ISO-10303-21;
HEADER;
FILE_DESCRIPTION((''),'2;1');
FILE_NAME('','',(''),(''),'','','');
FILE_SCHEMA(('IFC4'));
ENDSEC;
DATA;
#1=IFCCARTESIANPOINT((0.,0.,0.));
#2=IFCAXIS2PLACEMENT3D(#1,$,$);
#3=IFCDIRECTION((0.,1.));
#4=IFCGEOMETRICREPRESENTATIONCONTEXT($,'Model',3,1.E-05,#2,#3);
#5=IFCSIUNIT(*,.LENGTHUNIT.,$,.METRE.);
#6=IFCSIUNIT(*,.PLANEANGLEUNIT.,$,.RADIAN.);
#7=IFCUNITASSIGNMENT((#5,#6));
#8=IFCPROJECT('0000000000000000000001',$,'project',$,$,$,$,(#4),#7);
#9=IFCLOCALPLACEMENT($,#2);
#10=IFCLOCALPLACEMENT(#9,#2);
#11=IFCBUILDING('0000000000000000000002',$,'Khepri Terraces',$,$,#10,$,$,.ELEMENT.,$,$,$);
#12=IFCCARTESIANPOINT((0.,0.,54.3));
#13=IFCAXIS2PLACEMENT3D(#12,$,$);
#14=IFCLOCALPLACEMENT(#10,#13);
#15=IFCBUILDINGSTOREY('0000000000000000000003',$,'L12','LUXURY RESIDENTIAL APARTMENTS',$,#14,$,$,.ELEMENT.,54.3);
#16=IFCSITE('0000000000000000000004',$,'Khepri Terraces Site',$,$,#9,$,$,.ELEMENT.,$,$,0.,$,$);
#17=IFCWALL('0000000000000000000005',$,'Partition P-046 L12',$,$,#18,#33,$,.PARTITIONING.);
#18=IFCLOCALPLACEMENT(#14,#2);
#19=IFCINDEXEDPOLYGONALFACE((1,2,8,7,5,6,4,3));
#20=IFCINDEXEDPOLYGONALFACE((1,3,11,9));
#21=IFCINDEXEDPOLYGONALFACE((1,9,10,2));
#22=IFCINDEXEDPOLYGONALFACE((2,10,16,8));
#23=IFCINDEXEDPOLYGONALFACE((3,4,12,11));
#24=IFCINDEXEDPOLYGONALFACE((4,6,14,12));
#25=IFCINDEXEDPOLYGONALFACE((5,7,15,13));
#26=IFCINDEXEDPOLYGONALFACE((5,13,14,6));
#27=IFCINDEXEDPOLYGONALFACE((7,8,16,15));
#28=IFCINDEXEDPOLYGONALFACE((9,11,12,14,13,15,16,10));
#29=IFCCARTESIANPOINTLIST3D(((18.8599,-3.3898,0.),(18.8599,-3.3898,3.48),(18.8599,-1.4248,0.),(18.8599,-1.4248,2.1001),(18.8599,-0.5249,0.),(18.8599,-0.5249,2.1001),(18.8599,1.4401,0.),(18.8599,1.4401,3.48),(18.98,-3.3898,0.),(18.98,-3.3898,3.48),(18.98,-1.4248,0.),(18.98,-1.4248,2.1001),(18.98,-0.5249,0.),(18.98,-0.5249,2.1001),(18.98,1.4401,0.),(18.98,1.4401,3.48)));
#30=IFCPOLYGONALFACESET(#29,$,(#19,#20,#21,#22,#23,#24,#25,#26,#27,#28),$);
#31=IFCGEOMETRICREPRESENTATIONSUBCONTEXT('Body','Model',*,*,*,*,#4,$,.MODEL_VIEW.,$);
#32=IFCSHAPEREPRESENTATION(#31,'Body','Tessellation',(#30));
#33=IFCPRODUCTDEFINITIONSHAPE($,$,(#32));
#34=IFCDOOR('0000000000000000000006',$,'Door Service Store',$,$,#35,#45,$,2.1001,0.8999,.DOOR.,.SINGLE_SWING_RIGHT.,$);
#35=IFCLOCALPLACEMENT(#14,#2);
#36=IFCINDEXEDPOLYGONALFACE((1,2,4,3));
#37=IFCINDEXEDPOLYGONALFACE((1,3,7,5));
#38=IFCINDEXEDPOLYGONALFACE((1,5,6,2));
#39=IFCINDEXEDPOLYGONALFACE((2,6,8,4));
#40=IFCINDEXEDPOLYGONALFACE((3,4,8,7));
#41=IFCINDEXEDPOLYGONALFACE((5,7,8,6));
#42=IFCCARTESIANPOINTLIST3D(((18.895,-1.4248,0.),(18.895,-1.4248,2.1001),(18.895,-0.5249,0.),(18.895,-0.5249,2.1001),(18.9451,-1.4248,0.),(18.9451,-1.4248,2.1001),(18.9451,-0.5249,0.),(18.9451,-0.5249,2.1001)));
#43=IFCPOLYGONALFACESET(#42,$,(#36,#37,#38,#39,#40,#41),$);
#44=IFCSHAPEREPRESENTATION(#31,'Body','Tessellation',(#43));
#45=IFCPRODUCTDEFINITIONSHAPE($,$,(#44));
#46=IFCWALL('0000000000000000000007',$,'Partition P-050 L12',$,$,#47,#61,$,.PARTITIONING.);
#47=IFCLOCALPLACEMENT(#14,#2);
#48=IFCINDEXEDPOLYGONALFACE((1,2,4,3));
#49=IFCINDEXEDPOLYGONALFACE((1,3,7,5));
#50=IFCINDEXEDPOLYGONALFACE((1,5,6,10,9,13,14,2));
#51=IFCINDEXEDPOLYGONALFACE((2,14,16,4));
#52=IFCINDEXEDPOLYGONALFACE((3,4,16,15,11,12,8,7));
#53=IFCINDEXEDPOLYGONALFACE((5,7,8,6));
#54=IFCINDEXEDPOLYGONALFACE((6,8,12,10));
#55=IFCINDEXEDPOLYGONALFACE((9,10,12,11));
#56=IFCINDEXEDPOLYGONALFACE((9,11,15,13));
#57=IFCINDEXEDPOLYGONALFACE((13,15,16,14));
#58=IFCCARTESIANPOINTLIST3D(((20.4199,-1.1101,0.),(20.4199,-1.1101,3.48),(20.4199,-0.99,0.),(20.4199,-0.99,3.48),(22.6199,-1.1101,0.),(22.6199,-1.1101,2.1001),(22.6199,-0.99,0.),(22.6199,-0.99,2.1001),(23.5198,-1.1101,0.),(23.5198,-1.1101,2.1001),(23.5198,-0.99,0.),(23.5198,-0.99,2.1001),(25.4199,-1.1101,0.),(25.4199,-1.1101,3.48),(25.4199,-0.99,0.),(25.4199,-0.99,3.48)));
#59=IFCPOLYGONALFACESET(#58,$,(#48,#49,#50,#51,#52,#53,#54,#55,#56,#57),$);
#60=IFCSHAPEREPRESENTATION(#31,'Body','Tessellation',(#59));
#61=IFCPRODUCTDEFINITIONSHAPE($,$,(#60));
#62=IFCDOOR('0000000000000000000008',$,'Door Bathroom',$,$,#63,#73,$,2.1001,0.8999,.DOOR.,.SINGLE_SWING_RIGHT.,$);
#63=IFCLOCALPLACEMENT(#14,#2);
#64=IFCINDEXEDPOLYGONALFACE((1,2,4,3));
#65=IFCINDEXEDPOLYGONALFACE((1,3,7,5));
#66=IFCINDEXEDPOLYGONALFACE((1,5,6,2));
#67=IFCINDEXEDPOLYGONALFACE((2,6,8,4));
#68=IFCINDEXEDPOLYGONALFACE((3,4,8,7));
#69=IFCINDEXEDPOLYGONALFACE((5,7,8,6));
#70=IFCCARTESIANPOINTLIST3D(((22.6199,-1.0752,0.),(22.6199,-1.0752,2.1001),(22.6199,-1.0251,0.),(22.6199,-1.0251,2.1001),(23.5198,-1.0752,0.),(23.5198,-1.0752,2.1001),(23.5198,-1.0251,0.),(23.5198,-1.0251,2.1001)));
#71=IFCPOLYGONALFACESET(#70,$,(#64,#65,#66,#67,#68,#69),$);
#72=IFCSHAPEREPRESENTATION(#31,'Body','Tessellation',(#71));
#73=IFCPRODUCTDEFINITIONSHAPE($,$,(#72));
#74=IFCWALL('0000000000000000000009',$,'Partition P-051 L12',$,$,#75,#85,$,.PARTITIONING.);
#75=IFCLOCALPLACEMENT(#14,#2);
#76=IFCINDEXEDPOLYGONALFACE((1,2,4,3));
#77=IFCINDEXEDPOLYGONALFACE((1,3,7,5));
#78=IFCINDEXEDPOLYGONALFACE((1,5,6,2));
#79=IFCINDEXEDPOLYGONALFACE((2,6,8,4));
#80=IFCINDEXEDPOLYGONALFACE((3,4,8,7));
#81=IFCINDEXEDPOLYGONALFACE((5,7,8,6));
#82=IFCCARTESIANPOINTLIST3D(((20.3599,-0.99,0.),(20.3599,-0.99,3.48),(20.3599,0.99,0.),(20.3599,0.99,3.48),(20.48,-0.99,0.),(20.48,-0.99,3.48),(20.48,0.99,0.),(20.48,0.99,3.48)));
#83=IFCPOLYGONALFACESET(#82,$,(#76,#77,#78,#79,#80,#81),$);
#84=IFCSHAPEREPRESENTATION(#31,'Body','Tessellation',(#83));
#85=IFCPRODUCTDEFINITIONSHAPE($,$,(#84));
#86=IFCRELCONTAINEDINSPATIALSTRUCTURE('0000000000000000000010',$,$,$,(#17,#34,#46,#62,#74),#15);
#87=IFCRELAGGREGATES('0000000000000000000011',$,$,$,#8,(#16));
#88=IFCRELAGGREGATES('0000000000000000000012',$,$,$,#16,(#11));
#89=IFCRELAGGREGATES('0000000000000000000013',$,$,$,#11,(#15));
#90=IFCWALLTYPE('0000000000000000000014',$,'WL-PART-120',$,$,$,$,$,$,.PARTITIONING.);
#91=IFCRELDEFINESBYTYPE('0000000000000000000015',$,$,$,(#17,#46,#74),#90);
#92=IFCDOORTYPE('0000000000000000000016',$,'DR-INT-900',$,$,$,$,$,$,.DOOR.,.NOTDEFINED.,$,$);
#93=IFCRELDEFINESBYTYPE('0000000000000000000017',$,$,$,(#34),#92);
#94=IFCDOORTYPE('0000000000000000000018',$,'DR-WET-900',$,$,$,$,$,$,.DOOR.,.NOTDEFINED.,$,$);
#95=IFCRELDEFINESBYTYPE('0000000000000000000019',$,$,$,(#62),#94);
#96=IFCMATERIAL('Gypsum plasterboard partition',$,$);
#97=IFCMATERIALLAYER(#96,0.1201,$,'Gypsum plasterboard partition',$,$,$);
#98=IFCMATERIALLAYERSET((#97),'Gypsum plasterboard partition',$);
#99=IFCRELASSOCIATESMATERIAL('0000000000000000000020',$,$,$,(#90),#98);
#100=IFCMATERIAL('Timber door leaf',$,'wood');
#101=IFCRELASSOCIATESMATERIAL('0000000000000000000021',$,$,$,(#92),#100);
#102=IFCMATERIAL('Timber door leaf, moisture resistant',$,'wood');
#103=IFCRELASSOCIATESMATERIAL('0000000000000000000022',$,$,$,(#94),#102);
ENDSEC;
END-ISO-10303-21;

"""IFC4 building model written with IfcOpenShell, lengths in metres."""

from ifc_helpers import new_model, si_unit, direction, frame, frame_2d, origin, place, context, subcontext, project, spatial, rectangle, extrude, material, layer, layer_set, type_object, element, fill, save


model = new_model("IFC4")

# Units and contexts
model_context = context("Model", 3, precision=1e-05, world=origin(), true_north=direction((0.0, 1.0)))
body_context = subcontext(model_context, "Body", "Model", "MODEL_VIEW")
ifc_project = project(units=[si_unit("LENGTHUNIT", "METRE"), si_unit("PLANEANGLEUNIT", "RADIAN")], contexts=[model_context])

# Site, building, storey
site_placement = place(None, origin())
site = spatial("IfcSite", under=ifc_project, at=site_placement, Name="Khepri Terraces Site", CompositionType="ELEMENT", RefElevation=0.0)
building_placement = place(site_placement, origin())
building = spatial("IfcBuilding", under=site, at=building_placement, Name="Khepri Terraces", CompositionType="ELEMENT")
storey_placement = place(building_placement, frame((0.0, 0.0, 54.3)))
storey = spatial("IfcBuildingStorey", under=building, at=storey_placement, Name="L12", Description="LUXURY RESIDENTIAL APARTMENTS", CompositionType="ELEMENT", Elevation=54.3)

# Shared definitions
ifc_material_1 = material(Name="Gypsum plasterboard partition")
ifc_layer_1 = layer(ifc_material_1, 0.1201, Name="Gypsum plasterboard partition")
ifc_layer_set_1 = layer_set([ifc_layer_1], Name="Gypsum plasterboard partition")
wall_type_1 = type_object("IfcWallType", Name="WL-PART-120", PredefinedType="PARTITIONING", material=ifc_layer_set_1)
ifc_material_2 = material(Name="Timber door leaf", Category="wood")
door_type_1 = type_object("IfcDoorType", Name="DR-INT-900", OperationType="NOTDEFINED", PredefinedType="DOOR", material=ifc_material_2)

# Shared definitions
ifc_material_3 = material(Name="Timber door leaf, moisture resistant", Category="wood")
door_type_2 = type_object("IfcDoorType", Name="DR-WET-900", OperationType="NOTDEFINED", PredefinedType="DOOR", material=ifc_material_3)

# Walls, openings, doors
wall_1_placement = place(storey_placement, frame((18.9199, -3.3899, 0.0), z_axis=(0.0, 0.0, 1.0), x_axis=(0.0, 1.0, 0.0)))
wall_1 = element("IfcWall", 1, at=wall_1_placement, inside=storey, type_object=wall_type_1, Name="Partition P-046 L12", PredefinedType="PARTITIONING", context=body_context, shape_type="SweptSolid", body=[
    extrude(rectangle(XDim=4.8298, YDim=0.1201, at=frame_2d((2.415, 0.0))), origin(), (0.0, 0.0, 1.0), 3.48),
])
opening_1_placement = place(wall_1_placement, frame((1.9651, 0.0, 0.0)))
opening_1 = element("IfcOpeningElement", 2, at=opening_1_placement, cuts=wall_1, PredefinedType="OPENING", context=body_context, shape_type="SweptSolid", body=[
    extrude(rectangle(XDim=0.8999, YDim=2.1001, at=frame_2d((0.45, 1.05))), frame((0.0, 0.0701, 0.0), z_axis=(0.0, -1.0, 0.0), x_axis=(1.0, 0.0, 0.0)), (0.0, 0.0, 1.0), 0.1401),
])
door_1_placement = place(opening_1_placement, origin())
door_1 = element("IfcDoor", 3, at=door_1_placement, inside=storey, type_object=door_type_1, Name="Door Service Store", OperationType="SINGLE_SWING_RIGHT", OverallHeight=2.1001, OverallWidth=0.8999, PredefinedType="DOOR", context=body_context, shape_type="SweptSolid", body=[
    extrude(rectangle(XDim=0.8999, YDim=2.1001, at=frame_2d((0.45, 1.05))), frame((0.0, 0.0249, 0.0), z_axis=(0.0, -1.0, 0.0), x_axis=(1.0, 0.0, 0.0)), (0.0, 0.0, 1.0), 0.05),
])
fill(opening_1, door_1)
wall_2_placement = place(storey_placement, frame((20.4199, -1.05, 0.0), z_axis=(0.0, 0.0, 1.0), x_axis=(1.0, 0.0, 0.0)))
wall_2 = element("IfcWall", 4, at=wall_2_placement, inside=storey, type_object=wall_type_1, Name="Partition P-050 L12", PredefinedType="PARTITIONING", context=body_context, shape_type="SweptSolid", body=[
    extrude(rectangle(XDim=5.0, YDim=0.1201, at=frame_2d((2.5, 0.0))), origin(), (0.0, 0.0, 1.0), 3.48),
])
opening_2_placement = place(wall_2_placement, frame((2.2, 0.0, 0.0)))
opening_2 = element("IfcOpeningElement", 5, at=opening_2_placement, cuts=wall_2, PredefinedType="OPENING", context=body_context, shape_type="SweptSolid", body=[
    extrude(rectangle(XDim=0.8999, YDim=2.1001, at=frame_2d((0.45, 1.05))), frame((0.0, 0.0701, 0.0), z_axis=(0.0, -1.0, 0.0), x_axis=(1.0, 0.0, 0.0)), (0.0, 0.0, 1.0), 0.1401),
])
door_2_placement = place(opening_2_placement, origin())
door_2 = element("IfcDoor", 6, at=door_2_placement, inside=storey, type_object=door_type_2, Name="Door Bathroom", OperationType="SINGLE_SWING_RIGHT", OverallHeight=2.1001, OverallWidth=0.8999, PredefinedType="DOOR", context=body_context, shape_type="SweptSolid", body=[
    extrude(rectangle(XDim=0.8999, YDim=2.1001, at=frame_2d((0.45, 1.05))), frame((0.0, 0.0249, 0.0), z_axis=(0.0, -1.0, 0.0), x_axis=(1.0, 0.0, 0.0)), (0.0, 0.0, 1.0), 0.05),
])
fill(opening_2, door_2)

# Wall
wall_3_placement = place(storey_placement, frame((20.4199, -0.99, 0.0), z_axis=(0.0, 0.0, 1.0), x_axis=(0.0, 1.0, 0.0)))
element("IfcWall", 7, at=wall_3_placement, inside=storey, type_object=wall_type_1, Name="Partition P-051 L12", PredefinedType="PARTITIONING", context=body_context, shape_type="SweptSolid", body=[
    extrude(rectangle(XDim=1.98, YDim=0.1201, at=frame_2d((0.99, 0.0))), origin(), (0.0, 0.0, 1.0), 3.48),
])

save(model, "model.ifc")
